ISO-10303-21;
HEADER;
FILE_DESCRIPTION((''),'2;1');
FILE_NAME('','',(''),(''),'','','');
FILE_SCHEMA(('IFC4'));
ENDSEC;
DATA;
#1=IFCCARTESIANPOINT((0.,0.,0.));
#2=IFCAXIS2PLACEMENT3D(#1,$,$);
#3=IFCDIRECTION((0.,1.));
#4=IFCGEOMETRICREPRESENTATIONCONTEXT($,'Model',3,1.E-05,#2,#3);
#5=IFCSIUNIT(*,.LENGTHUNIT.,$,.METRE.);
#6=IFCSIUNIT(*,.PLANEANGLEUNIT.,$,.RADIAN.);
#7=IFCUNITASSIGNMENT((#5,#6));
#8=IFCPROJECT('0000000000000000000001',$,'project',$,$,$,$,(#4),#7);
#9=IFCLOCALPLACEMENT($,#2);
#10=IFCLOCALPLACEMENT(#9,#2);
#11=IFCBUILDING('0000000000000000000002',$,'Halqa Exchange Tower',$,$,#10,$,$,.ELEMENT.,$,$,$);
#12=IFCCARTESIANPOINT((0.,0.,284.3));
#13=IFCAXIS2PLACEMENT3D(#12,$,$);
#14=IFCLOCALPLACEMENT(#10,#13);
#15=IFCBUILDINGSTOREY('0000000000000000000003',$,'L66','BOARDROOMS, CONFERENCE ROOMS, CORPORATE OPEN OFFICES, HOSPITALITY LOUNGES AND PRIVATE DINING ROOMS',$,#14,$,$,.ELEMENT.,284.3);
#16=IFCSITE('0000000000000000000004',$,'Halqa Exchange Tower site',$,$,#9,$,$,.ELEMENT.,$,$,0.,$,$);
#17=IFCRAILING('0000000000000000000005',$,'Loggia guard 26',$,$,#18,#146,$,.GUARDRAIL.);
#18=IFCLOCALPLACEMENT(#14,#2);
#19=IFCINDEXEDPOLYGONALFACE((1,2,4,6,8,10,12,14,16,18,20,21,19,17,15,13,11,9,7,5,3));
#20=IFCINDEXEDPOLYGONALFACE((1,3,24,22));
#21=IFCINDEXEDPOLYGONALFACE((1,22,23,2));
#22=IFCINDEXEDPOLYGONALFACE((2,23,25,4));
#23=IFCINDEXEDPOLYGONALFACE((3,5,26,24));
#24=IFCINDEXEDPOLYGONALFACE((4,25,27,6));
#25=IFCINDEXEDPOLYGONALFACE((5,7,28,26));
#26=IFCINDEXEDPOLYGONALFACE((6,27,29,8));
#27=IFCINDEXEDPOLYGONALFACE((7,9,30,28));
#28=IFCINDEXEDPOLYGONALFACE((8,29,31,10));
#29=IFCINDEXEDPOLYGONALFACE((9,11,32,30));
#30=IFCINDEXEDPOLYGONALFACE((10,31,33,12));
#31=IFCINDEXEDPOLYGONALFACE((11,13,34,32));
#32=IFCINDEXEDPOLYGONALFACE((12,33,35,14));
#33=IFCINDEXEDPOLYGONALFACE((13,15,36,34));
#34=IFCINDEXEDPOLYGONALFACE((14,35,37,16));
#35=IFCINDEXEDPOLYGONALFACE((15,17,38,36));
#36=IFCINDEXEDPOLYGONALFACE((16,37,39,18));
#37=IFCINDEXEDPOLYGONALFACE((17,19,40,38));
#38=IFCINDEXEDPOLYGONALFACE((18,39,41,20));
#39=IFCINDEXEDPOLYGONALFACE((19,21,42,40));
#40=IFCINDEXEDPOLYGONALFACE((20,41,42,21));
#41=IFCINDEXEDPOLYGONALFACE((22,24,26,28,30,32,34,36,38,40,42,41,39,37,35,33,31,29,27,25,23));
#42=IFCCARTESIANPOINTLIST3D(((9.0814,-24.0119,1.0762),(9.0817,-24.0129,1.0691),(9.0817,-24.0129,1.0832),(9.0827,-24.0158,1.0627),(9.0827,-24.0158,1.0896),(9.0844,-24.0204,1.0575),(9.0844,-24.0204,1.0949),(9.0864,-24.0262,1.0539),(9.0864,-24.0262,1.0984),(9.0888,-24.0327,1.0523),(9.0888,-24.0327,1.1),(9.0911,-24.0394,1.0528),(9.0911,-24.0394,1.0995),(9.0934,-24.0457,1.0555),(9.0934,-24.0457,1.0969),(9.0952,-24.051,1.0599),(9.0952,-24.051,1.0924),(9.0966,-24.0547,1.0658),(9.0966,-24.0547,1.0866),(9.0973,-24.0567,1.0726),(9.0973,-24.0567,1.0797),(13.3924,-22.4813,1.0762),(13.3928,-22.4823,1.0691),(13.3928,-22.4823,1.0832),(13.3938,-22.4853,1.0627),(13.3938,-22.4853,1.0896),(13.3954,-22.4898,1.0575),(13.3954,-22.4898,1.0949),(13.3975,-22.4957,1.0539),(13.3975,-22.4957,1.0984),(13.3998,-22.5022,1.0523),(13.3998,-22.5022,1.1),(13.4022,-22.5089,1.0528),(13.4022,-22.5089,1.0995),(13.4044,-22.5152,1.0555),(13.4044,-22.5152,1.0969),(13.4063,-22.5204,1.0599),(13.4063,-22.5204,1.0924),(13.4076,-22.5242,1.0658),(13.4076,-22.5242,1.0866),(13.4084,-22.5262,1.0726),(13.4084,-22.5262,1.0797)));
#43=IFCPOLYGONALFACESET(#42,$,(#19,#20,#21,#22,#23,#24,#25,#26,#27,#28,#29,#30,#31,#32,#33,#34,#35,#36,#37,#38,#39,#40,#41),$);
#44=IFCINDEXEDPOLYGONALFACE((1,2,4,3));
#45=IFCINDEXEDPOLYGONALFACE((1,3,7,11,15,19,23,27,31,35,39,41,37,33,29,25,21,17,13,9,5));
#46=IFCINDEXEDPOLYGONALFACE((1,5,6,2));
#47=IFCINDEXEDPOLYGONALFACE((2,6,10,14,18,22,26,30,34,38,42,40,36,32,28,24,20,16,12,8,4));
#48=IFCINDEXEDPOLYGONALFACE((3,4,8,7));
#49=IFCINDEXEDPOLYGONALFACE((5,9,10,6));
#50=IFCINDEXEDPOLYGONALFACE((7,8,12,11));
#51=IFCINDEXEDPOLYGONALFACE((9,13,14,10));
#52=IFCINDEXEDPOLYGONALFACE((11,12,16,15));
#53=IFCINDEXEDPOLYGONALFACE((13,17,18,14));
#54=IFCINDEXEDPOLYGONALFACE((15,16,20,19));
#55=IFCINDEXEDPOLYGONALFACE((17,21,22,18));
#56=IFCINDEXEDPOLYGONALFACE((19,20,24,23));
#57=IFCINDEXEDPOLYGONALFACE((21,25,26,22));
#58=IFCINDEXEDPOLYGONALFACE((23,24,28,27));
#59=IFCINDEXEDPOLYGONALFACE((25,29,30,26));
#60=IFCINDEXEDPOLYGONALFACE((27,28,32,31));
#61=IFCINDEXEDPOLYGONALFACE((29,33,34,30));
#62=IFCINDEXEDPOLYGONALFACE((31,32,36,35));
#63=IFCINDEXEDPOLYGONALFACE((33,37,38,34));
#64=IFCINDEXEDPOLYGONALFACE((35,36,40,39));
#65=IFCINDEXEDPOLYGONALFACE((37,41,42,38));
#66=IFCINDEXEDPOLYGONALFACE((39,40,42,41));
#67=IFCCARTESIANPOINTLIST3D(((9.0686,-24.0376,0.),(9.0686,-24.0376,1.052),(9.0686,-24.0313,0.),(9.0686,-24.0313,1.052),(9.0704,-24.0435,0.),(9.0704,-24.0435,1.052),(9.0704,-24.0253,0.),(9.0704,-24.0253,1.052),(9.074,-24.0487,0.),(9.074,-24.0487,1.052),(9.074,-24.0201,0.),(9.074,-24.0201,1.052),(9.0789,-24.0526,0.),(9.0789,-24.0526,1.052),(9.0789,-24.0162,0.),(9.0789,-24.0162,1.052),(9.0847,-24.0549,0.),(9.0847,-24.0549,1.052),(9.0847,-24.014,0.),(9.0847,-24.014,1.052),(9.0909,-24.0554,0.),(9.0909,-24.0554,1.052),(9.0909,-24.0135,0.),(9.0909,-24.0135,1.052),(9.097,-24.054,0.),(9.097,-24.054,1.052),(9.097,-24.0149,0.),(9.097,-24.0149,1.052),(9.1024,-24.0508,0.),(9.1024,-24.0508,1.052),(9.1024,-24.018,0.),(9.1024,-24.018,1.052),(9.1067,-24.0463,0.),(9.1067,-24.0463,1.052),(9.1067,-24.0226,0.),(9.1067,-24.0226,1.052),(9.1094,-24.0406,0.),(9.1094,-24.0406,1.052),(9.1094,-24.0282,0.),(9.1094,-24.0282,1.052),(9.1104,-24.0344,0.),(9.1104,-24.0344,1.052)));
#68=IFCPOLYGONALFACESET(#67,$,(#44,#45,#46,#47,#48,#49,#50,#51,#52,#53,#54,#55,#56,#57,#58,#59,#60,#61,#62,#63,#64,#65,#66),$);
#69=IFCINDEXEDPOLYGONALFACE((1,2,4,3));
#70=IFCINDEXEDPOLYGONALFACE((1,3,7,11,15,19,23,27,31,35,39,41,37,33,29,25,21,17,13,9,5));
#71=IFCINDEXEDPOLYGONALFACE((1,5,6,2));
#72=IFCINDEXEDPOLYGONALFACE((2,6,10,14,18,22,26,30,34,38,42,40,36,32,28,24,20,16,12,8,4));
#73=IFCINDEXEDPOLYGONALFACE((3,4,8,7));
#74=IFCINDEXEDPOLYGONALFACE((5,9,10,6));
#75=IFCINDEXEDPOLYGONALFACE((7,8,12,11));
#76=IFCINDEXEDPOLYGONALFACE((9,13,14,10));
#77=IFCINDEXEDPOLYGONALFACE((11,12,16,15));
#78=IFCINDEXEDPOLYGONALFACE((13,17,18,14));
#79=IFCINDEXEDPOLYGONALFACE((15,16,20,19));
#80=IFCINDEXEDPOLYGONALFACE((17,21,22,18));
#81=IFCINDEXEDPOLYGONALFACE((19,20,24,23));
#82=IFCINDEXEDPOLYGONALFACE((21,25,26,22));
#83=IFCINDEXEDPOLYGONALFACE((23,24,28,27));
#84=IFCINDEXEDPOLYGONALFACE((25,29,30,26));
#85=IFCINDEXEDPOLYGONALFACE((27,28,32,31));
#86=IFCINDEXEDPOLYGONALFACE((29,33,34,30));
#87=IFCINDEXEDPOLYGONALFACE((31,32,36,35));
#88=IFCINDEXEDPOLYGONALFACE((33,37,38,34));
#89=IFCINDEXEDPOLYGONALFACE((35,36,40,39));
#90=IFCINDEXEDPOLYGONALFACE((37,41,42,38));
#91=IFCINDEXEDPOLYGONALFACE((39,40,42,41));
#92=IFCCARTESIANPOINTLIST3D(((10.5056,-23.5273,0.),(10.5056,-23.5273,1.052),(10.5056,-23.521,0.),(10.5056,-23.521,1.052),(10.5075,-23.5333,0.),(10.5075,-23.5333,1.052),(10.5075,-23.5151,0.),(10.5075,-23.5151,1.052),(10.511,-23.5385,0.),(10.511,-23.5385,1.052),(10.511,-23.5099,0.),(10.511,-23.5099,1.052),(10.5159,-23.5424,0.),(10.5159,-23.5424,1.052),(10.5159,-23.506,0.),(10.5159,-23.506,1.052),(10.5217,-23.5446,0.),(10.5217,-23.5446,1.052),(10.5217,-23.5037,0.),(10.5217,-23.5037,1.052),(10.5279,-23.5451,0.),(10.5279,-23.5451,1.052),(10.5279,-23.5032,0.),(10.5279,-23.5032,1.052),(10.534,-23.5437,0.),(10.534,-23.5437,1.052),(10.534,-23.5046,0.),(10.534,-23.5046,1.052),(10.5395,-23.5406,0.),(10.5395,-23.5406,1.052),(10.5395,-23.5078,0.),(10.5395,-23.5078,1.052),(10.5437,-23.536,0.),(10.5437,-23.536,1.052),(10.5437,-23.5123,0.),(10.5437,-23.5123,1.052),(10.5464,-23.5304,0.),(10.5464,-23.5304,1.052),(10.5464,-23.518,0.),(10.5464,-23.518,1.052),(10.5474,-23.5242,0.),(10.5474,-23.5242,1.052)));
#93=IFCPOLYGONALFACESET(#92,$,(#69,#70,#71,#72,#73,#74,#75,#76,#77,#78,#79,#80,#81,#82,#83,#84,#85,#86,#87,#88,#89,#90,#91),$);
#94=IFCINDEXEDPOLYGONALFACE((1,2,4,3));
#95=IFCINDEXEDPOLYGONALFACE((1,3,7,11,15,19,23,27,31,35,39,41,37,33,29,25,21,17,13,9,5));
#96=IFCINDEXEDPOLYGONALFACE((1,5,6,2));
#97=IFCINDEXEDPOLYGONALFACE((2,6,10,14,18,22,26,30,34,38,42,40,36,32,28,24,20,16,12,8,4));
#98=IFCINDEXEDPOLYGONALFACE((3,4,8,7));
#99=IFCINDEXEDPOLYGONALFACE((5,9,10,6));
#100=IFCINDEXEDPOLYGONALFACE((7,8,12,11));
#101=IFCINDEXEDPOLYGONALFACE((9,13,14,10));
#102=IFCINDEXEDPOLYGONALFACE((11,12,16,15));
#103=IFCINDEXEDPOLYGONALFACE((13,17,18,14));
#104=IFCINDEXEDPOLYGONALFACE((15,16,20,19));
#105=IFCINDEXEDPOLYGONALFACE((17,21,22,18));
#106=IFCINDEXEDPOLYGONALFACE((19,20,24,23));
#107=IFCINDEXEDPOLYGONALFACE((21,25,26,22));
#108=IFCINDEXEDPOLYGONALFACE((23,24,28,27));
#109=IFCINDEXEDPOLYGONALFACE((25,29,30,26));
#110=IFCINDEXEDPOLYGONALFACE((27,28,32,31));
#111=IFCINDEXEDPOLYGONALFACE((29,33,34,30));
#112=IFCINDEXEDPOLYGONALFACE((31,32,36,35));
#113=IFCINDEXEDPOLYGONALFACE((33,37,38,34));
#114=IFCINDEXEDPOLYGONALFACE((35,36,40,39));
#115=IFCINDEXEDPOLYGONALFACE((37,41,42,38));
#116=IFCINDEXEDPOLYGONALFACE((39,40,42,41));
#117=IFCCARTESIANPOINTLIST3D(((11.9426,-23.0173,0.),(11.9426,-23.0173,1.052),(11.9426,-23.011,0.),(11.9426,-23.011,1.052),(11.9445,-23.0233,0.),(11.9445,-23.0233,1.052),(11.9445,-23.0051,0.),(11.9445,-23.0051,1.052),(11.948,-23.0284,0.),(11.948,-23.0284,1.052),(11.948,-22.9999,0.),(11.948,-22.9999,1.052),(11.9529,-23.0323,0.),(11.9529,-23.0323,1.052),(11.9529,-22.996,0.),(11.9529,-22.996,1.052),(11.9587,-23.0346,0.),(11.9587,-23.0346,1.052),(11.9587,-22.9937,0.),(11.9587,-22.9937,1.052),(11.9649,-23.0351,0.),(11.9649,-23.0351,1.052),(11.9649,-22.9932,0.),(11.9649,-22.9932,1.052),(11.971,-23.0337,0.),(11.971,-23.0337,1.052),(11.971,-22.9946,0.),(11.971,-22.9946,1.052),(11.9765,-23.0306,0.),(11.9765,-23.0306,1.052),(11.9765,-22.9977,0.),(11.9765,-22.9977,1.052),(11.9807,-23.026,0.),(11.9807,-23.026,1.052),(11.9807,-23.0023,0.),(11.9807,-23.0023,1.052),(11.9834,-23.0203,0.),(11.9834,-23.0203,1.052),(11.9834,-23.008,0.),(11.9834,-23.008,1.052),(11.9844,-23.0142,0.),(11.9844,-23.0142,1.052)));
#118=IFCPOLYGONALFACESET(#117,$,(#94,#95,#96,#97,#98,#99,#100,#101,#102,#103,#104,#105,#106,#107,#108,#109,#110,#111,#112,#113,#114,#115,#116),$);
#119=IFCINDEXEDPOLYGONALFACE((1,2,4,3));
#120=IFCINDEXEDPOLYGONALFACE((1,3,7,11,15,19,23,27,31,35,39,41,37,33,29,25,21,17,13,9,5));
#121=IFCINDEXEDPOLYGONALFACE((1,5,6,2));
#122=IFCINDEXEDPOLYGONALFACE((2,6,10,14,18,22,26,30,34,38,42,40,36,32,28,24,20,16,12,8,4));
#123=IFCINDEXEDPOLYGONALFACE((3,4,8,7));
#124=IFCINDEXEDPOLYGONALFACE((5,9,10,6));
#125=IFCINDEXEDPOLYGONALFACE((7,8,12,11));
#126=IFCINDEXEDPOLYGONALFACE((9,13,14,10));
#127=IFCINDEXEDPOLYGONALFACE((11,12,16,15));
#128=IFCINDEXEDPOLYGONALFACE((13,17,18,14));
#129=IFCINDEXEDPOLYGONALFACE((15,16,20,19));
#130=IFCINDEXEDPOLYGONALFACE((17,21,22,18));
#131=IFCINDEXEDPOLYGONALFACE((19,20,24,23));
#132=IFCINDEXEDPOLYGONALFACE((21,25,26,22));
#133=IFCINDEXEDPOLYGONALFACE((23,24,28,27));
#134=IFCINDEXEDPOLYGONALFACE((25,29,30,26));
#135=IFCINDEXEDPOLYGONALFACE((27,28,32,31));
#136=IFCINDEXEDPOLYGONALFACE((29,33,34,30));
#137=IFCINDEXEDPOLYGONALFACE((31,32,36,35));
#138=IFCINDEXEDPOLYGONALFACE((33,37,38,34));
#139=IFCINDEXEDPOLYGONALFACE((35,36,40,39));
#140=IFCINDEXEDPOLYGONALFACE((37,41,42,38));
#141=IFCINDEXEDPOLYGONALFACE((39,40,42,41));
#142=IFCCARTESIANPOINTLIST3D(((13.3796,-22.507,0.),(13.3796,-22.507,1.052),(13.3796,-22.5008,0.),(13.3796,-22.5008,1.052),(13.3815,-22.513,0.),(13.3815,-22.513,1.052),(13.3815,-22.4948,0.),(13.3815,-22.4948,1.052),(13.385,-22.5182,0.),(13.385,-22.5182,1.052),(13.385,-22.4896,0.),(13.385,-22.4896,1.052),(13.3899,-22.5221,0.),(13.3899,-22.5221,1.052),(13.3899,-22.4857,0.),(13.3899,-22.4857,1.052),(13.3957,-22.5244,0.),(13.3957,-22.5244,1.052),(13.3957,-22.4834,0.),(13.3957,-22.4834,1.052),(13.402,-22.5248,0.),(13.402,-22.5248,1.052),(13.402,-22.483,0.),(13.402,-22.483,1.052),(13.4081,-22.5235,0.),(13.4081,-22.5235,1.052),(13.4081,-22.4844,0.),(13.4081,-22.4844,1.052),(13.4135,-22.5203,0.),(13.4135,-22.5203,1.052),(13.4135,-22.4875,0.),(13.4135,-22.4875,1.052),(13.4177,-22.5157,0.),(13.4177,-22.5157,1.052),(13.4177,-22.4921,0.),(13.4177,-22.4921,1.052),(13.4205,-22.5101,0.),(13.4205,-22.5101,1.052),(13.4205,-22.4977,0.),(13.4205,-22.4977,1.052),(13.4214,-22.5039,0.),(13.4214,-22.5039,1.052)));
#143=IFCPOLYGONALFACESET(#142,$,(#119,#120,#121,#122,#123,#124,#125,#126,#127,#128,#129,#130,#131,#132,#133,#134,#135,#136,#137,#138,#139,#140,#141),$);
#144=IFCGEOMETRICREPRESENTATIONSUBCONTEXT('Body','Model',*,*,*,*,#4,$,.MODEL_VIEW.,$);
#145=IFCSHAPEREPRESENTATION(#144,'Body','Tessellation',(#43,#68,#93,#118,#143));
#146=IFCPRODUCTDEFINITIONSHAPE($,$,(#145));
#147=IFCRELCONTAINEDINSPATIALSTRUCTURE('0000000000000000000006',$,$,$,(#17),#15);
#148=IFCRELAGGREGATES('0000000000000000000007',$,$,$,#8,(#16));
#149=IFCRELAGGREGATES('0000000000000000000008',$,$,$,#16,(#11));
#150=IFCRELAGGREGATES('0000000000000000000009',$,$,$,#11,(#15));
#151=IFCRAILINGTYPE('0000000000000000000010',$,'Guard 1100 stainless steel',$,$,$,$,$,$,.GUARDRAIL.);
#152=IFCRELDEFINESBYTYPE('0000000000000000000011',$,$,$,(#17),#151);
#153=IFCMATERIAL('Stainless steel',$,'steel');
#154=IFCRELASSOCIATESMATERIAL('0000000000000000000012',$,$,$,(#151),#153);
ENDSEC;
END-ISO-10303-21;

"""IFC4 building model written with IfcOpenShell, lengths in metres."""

from ifc_helpers import new_model, si_unit, direction, frame, origin, origin_2d, place, context, subcontext, project, spatial, circle, extrude, material, type_object, element, save


model = new_model("IFC4")

# Units and contexts
model_context = context("Model", 3, precision=1e-05, world=origin(), true_north=direction((0.0, 1.0)))
body_context = subcontext(model_context, "Body", "Model", "MODEL_VIEW")
ifc_project = project(units=[si_unit("LENGTHUNIT", "METRE"), si_unit("PLANEANGLEUNIT", "RADIAN")], contexts=[model_context])

# Site, building, storey
site_placement = place(None, origin())
site = spatial("IfcSite", under=ifc_project, at=site_placement, Name="Halqa Exchange Tower site", CompositionType="ELEMENT", RefElevation=0.0)
building_placement = place(site_placement, origin())
building = spatial("IfcBuilding", under=site, at=building_placement, Name="Halqa Exchange Tower", CompositionType="ELEMENT")
storey_placement = place(building_placement, frame((0.0, 0.0, 284.3)))
storey = spatial("IfcBuildingStorey", under=building, at=storey_placement, Name="L66", Description="BOARDROOMS, CONFERENCE ROOMS, CORPORATE OPEN OFFICES, HOSPITALITY LOUNGES AND PRIVATE DINING ROOMS", CompositionType="ELEMENT", Elevation=284.3)

# Railing
ifc_material_1 = material(Name="Stainless steel", Category="steel")
railing_type = type_object("IfcRailingType", Name="Guard 1100 stainless steel", PredefinedType="GUARDRAIL", material=ifc_material_1)
railing_1_placement = place(storey_placement, frame((9.0894, -24.0344, 0.0)))
element("IfcRailing", 1, at=railing_1_placement, inside=storey, type_object=railing_type, Name="Loggia guard 26", PredefinedType="GUARDRAIL", context=body_context, shape_type="SweptSolid", body=[
    extrude(circle(Radius=0.0239, at=origin_2d()), frame((0.0, 0.0, 1.0762), z_axis=(0.942373, 0.334564, 0.0), x_axis=(-0.334564, 0.942373, 0.0)), (0.0, 0.0, 1.0), 4.5747),
    extrude(circle(Radius=0.021, at=origin_2d()), origin(), (0.0, 0.0, 1.0), 1.052),
    extrude(circle(Radius=0.021, at=origin_2d()), frame((1.437, 0.5103, 0.0)), (0.0, 0.0, 1.0), 1.052),
    extrude(circle(Radius=0.021, at=origin_2d()), frame((2.874, 1.0203, 0.0)), (0.0, 0.0, 1.0), 1.052),
    extrude(circle(Radius=0.021, at=origin_2d()), frame((4.311, 1.5305, 0.0)), (0.0, 0.0, 1.0), 1.052),
])

save(model, "model.ifc")
